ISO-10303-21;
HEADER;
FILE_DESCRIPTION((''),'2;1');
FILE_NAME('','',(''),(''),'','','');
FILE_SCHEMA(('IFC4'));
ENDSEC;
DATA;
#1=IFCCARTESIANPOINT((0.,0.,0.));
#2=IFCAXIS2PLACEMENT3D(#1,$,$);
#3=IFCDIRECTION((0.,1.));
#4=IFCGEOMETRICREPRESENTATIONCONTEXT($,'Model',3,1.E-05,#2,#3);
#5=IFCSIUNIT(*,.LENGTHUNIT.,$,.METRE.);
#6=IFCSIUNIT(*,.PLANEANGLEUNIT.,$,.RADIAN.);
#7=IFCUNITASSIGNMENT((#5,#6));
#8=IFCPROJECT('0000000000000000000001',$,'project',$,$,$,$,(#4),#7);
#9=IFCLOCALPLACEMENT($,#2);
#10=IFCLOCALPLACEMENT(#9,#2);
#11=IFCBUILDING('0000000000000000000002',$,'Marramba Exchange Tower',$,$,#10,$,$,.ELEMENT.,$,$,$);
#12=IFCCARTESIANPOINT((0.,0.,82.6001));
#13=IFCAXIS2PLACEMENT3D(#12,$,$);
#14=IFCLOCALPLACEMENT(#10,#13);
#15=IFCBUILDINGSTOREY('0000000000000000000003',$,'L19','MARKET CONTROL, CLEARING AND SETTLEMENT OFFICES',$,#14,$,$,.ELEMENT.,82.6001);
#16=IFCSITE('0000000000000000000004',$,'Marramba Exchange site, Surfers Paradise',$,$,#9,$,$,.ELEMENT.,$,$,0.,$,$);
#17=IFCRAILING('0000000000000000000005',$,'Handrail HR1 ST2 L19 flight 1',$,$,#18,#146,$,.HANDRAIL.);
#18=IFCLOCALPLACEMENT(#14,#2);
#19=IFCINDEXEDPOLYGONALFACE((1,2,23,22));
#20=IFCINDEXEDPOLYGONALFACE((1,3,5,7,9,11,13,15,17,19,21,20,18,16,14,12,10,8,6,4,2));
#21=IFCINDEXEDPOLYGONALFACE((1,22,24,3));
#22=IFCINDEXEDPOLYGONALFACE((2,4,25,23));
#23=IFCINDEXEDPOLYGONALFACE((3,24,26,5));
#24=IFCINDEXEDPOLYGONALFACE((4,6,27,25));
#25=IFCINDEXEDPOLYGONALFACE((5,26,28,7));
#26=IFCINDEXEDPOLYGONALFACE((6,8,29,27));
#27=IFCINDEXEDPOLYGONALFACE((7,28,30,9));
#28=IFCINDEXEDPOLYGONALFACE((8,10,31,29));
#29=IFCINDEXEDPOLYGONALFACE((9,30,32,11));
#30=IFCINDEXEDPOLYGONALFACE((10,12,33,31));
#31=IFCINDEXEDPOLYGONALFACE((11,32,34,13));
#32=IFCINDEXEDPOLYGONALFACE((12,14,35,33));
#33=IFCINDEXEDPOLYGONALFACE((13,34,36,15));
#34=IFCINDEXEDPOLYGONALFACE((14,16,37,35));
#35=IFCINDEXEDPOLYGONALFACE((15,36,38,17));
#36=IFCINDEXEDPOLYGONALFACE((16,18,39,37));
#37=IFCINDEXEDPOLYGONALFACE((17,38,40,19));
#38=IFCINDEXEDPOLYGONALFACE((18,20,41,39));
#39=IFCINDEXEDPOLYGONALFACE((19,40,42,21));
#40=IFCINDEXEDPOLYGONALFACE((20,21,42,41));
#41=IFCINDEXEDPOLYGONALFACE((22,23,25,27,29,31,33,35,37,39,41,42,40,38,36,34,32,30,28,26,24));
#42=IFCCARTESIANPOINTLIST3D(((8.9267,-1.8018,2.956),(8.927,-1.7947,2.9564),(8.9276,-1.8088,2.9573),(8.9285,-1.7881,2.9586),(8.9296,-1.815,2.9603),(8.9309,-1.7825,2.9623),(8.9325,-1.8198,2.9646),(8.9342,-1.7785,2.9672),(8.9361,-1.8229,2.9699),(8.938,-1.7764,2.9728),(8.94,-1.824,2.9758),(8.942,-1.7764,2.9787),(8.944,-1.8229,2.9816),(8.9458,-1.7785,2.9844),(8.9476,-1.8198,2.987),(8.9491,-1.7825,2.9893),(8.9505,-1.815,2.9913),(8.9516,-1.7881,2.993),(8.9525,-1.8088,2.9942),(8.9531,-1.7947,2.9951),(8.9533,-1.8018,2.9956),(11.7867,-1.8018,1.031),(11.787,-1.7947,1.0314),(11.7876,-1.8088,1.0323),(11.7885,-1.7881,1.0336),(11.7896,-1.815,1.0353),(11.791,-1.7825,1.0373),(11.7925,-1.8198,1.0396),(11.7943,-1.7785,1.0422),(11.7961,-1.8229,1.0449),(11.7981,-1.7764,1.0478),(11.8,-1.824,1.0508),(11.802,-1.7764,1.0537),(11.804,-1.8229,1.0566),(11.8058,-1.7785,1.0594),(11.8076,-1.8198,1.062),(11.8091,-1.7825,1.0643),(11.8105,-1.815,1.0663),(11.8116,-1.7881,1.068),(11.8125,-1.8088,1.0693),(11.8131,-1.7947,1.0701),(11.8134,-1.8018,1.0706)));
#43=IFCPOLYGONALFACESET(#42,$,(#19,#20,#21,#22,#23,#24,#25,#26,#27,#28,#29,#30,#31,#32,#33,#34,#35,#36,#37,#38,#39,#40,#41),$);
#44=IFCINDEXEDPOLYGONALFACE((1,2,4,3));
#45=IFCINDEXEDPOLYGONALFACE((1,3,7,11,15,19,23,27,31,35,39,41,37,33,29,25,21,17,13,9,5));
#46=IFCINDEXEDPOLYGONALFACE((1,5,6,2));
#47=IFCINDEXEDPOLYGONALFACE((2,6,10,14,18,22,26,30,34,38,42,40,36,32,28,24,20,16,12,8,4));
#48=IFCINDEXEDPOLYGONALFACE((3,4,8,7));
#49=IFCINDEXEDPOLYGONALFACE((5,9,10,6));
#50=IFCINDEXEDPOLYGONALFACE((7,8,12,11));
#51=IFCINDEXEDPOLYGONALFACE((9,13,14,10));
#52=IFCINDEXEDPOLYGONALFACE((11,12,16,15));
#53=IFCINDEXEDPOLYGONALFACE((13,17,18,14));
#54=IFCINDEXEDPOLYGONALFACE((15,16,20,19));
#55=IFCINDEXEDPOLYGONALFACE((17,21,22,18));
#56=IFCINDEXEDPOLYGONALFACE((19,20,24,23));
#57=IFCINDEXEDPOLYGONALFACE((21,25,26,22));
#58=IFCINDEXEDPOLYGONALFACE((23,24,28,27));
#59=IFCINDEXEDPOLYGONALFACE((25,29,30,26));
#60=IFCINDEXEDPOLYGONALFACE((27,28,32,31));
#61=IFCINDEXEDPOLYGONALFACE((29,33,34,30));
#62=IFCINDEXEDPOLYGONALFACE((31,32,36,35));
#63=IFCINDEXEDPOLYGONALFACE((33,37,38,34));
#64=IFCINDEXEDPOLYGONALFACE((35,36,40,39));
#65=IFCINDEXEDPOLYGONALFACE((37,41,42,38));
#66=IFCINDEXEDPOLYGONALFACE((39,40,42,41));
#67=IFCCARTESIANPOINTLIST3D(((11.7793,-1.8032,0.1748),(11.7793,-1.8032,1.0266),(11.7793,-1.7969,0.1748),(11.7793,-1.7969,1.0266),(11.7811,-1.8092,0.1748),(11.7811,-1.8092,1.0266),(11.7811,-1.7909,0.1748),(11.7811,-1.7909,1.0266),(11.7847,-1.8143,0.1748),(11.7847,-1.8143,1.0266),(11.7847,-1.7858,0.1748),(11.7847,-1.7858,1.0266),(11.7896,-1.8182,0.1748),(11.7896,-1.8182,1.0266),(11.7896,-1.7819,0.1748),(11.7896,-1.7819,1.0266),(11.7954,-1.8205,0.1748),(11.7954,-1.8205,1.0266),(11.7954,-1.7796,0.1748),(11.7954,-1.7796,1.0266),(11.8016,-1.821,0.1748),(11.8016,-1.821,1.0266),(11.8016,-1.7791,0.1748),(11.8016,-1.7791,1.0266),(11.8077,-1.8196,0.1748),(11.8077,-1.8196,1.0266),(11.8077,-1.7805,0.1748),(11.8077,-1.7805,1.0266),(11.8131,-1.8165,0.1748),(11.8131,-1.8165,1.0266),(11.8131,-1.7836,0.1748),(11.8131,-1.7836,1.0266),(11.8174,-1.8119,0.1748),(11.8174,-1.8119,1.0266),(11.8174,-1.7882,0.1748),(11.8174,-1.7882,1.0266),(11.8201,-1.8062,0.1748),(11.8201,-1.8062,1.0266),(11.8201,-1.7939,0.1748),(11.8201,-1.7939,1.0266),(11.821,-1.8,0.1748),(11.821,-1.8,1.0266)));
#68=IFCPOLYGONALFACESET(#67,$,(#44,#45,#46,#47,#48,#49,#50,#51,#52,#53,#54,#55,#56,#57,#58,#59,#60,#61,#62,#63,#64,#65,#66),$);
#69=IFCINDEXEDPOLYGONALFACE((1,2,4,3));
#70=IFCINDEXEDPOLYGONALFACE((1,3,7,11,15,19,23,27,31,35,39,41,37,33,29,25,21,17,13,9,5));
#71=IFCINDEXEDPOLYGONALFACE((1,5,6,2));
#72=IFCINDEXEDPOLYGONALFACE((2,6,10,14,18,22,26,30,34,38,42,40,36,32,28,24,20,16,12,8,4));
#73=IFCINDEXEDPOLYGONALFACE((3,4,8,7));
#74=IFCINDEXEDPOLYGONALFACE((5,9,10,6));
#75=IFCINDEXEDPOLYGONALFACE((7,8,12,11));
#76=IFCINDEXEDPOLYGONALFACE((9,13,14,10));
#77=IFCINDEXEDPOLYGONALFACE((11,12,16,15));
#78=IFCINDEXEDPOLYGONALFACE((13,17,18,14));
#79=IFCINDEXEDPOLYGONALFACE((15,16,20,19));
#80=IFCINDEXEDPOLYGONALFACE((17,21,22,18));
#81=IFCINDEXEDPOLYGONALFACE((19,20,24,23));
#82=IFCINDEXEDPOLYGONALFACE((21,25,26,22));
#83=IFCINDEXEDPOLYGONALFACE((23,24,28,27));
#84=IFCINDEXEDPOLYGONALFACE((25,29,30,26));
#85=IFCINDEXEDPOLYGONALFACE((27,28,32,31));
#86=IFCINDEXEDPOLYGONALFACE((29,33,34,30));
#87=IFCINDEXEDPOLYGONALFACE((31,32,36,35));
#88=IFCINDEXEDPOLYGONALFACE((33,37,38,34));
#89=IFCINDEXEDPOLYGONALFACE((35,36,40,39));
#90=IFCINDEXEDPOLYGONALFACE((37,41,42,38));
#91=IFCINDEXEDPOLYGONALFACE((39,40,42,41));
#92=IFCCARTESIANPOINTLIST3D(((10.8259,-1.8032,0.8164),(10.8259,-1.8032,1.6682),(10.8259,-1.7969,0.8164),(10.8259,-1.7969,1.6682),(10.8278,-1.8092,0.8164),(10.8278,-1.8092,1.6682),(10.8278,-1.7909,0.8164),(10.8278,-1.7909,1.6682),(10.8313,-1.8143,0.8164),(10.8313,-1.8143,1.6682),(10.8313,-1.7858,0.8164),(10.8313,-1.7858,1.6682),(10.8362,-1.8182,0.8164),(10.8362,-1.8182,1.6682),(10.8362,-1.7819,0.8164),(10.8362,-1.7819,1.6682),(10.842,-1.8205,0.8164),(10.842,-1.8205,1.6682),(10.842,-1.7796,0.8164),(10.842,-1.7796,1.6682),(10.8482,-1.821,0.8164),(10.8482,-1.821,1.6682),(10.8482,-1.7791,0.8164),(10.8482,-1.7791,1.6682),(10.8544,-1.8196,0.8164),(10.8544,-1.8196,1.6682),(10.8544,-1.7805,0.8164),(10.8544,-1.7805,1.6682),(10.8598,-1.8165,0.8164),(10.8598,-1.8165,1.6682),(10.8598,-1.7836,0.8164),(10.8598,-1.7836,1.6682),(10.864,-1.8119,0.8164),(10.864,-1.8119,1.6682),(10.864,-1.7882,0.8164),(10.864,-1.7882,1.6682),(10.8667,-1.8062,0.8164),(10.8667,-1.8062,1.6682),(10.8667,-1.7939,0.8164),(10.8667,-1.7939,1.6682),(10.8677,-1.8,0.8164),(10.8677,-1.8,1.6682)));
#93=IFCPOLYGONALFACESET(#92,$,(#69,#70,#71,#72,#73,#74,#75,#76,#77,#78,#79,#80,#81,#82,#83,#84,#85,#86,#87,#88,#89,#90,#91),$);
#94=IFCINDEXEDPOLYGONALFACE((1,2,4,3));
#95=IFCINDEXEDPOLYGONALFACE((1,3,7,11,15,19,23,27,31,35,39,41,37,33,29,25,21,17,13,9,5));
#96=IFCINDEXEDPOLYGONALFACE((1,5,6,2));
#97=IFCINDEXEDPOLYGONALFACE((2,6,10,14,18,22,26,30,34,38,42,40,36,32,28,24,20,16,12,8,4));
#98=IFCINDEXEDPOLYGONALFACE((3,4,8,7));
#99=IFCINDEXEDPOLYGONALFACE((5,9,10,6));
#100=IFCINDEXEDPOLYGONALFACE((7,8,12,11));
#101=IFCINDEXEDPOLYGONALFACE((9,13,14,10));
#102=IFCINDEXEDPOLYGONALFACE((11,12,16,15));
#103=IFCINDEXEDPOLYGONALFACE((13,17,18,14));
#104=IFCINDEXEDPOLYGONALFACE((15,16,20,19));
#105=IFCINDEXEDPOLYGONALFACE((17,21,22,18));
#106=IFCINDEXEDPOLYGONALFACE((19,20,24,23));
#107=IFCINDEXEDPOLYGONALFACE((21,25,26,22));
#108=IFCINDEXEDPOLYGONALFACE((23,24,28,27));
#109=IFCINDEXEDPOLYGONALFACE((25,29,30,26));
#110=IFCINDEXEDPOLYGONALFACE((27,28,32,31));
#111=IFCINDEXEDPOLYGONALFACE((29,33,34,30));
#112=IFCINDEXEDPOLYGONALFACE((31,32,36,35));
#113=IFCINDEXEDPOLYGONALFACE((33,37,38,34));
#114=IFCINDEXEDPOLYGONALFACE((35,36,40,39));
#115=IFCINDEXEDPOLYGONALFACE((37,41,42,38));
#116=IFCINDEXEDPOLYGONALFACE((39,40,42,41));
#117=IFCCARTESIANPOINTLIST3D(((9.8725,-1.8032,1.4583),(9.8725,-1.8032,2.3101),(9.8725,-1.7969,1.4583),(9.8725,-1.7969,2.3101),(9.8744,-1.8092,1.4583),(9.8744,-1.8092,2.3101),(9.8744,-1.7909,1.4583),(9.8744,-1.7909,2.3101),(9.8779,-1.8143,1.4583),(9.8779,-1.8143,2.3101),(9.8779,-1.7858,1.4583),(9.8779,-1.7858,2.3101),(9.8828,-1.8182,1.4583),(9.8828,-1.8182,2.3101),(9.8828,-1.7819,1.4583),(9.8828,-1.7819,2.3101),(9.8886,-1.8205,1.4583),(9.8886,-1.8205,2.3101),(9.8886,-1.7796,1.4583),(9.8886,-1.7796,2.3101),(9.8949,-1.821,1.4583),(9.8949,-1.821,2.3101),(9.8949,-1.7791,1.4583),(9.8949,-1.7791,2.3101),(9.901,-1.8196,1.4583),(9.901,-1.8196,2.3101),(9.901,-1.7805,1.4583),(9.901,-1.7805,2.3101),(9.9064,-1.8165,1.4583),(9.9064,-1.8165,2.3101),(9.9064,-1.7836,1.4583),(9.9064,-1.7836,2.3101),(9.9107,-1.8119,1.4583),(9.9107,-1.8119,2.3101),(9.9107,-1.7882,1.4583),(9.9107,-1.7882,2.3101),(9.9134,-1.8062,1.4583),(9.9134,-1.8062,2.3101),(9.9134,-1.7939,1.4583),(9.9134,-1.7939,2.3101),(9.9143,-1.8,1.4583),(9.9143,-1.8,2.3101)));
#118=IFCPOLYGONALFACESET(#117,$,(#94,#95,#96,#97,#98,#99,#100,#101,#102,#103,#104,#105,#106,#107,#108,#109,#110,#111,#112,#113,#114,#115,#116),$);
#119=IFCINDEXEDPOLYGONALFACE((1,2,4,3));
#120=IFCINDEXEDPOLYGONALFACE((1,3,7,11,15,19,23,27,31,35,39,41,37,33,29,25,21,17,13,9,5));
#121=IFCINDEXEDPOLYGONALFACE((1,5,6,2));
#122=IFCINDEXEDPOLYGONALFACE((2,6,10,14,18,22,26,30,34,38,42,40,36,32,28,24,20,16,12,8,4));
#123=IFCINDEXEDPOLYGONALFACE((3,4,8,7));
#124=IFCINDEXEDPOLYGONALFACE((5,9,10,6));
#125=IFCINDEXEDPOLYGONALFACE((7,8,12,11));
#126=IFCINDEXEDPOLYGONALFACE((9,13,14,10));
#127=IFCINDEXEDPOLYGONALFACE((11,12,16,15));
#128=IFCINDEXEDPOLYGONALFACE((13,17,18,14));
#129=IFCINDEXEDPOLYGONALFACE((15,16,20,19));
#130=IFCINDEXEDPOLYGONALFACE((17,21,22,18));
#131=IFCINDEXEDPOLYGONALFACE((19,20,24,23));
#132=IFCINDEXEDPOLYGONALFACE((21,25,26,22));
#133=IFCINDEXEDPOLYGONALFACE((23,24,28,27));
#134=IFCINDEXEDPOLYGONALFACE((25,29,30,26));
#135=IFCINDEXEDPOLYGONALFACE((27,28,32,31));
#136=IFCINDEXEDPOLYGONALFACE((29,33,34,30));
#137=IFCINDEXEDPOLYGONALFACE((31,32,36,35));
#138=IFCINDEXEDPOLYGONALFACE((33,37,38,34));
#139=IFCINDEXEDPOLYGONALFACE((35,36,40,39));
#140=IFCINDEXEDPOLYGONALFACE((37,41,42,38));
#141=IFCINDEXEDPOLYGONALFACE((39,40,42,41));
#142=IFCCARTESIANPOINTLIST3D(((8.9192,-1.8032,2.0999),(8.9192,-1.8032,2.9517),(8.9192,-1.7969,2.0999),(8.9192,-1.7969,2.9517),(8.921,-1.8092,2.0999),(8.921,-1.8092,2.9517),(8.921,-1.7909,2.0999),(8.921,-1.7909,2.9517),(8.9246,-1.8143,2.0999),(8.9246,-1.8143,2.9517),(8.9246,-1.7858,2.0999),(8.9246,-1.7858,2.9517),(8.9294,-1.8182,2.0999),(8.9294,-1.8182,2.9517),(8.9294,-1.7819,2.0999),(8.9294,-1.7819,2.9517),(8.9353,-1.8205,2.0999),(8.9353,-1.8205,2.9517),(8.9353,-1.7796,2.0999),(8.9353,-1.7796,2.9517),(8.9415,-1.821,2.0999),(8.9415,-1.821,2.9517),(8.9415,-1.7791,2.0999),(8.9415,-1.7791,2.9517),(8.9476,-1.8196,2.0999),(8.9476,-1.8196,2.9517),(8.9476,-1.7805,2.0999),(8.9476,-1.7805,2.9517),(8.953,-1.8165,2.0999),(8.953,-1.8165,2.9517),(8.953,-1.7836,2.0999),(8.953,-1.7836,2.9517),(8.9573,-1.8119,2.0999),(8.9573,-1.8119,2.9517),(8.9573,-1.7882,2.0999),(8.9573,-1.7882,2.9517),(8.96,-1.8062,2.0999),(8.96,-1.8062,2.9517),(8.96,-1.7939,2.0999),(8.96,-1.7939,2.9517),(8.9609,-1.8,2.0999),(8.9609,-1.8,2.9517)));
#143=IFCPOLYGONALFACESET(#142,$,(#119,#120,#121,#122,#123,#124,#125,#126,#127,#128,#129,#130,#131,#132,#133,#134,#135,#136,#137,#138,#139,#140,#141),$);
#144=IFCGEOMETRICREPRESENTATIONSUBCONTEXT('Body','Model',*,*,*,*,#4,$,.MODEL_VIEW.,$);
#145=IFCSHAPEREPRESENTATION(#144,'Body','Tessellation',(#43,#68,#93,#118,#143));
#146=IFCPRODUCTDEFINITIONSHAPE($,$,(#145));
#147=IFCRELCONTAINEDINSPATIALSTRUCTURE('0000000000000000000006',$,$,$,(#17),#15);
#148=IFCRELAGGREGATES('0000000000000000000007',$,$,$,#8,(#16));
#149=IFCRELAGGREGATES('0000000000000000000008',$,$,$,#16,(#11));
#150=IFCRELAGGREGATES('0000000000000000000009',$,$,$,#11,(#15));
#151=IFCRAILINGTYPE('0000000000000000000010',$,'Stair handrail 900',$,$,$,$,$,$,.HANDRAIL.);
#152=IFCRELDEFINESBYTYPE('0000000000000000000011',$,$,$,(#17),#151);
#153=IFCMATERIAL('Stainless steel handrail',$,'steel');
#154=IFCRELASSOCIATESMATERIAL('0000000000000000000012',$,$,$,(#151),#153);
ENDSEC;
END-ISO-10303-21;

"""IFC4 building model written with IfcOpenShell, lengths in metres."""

from ifc_helpers import new_model, si_unit, direction, frame, origin, origin_2d, place, context, subcontext, project, spatial, circle, extrude, material, type_object, element, save


model = new_model("IFC4")

# Units and contexts
model_context = context("Model", 3, precision=1e-05, world=origin(), true_north=direction((0.0, 1.0)))
body_context = subcontext(model_context, "Body", "Model", "MODEL_VIEW")
ifc_project = project(units=[si_unit("LENGTHUNIT", "METRE"), si_unit("PLANEANGLEUNIT", "RADIAN")], contexts=[model_context])

# Site, building, storey
site_placement = place(None, origin())
site = spatial("IfcSite", under=ifc_project, at=site_placement, Name="Marramba Exchange site, Surfers Paradise", CompositionType="ELEMENT", RefElevation=0.0)
building_placement = place(site_placement, origin())
building = spatial("IfcBuilding", under=site, at=building_placement, Name="Marramba Exchange Tower", CompositionType="ELEMENT")
storey_placement = place(building_placement, frame((0.0, 0.0, 82.6001)))
storey = spatial("IfcBuildingStorey", under=building, at=storey_placement, Name="L19", Description="MARKET CONTROL, CLEARING AND SETTLEMENT OFFICES", CompositionType="ELEMENT", Elevation=82.6001)

# Railing
ifc_material_1 = material(Name="Stainless steel handrail", Category="steel")
railing_type = type_object("IfcRailingType", Name="Stair handrail 900", PredefinedType="HANDRAIL", material=ifc_material_1)
railing_placement = place(storey_placement, frame((11.8, -1.8, 0.1748)))
element("IfcRailing", 1, at=railing_placement, inside=storey, type_object=railing_type, Name="Handrail HR1 ST2 L19 flight 1", PredefinedType="HANDRAIL", context=body_context, shape_type="SweptSolid", body=[
    extrude(circle(Radius=0.0239, at=origin_2d()), frame((0.0, 0.0, 0.876), z_axis=(-0.829591, 0.0, 0.558372), x_axis=(0.0, -1.0, 0.0)), (0.0, 0.0, 1.0), 3.4475),
    extrude(circle(Radius=0.021, at=origin_2d()), origin(), (0.0, 0.0, 1.0), 0.8518),
    extrude(circle(Radius=0.021, at=origin_2d()), frame((-0.9534, 0.0, 0.6416)), (0.0, 0.0, 1.0), 0.8518),
    extrude(circle(Radius=0.021, at=origin_2d()), frame((-1.9067, 0.0, 1.2834)), (0.0, 0.0, 1.0), 0.8518),
    extrude(circle(Radius=0.021, at=origin_2d()), frame((-2.8601, 0.0, 1.925)), (0.0, 0.0, 1.0), 0.8518),
])

save(model, "model.ifc")
